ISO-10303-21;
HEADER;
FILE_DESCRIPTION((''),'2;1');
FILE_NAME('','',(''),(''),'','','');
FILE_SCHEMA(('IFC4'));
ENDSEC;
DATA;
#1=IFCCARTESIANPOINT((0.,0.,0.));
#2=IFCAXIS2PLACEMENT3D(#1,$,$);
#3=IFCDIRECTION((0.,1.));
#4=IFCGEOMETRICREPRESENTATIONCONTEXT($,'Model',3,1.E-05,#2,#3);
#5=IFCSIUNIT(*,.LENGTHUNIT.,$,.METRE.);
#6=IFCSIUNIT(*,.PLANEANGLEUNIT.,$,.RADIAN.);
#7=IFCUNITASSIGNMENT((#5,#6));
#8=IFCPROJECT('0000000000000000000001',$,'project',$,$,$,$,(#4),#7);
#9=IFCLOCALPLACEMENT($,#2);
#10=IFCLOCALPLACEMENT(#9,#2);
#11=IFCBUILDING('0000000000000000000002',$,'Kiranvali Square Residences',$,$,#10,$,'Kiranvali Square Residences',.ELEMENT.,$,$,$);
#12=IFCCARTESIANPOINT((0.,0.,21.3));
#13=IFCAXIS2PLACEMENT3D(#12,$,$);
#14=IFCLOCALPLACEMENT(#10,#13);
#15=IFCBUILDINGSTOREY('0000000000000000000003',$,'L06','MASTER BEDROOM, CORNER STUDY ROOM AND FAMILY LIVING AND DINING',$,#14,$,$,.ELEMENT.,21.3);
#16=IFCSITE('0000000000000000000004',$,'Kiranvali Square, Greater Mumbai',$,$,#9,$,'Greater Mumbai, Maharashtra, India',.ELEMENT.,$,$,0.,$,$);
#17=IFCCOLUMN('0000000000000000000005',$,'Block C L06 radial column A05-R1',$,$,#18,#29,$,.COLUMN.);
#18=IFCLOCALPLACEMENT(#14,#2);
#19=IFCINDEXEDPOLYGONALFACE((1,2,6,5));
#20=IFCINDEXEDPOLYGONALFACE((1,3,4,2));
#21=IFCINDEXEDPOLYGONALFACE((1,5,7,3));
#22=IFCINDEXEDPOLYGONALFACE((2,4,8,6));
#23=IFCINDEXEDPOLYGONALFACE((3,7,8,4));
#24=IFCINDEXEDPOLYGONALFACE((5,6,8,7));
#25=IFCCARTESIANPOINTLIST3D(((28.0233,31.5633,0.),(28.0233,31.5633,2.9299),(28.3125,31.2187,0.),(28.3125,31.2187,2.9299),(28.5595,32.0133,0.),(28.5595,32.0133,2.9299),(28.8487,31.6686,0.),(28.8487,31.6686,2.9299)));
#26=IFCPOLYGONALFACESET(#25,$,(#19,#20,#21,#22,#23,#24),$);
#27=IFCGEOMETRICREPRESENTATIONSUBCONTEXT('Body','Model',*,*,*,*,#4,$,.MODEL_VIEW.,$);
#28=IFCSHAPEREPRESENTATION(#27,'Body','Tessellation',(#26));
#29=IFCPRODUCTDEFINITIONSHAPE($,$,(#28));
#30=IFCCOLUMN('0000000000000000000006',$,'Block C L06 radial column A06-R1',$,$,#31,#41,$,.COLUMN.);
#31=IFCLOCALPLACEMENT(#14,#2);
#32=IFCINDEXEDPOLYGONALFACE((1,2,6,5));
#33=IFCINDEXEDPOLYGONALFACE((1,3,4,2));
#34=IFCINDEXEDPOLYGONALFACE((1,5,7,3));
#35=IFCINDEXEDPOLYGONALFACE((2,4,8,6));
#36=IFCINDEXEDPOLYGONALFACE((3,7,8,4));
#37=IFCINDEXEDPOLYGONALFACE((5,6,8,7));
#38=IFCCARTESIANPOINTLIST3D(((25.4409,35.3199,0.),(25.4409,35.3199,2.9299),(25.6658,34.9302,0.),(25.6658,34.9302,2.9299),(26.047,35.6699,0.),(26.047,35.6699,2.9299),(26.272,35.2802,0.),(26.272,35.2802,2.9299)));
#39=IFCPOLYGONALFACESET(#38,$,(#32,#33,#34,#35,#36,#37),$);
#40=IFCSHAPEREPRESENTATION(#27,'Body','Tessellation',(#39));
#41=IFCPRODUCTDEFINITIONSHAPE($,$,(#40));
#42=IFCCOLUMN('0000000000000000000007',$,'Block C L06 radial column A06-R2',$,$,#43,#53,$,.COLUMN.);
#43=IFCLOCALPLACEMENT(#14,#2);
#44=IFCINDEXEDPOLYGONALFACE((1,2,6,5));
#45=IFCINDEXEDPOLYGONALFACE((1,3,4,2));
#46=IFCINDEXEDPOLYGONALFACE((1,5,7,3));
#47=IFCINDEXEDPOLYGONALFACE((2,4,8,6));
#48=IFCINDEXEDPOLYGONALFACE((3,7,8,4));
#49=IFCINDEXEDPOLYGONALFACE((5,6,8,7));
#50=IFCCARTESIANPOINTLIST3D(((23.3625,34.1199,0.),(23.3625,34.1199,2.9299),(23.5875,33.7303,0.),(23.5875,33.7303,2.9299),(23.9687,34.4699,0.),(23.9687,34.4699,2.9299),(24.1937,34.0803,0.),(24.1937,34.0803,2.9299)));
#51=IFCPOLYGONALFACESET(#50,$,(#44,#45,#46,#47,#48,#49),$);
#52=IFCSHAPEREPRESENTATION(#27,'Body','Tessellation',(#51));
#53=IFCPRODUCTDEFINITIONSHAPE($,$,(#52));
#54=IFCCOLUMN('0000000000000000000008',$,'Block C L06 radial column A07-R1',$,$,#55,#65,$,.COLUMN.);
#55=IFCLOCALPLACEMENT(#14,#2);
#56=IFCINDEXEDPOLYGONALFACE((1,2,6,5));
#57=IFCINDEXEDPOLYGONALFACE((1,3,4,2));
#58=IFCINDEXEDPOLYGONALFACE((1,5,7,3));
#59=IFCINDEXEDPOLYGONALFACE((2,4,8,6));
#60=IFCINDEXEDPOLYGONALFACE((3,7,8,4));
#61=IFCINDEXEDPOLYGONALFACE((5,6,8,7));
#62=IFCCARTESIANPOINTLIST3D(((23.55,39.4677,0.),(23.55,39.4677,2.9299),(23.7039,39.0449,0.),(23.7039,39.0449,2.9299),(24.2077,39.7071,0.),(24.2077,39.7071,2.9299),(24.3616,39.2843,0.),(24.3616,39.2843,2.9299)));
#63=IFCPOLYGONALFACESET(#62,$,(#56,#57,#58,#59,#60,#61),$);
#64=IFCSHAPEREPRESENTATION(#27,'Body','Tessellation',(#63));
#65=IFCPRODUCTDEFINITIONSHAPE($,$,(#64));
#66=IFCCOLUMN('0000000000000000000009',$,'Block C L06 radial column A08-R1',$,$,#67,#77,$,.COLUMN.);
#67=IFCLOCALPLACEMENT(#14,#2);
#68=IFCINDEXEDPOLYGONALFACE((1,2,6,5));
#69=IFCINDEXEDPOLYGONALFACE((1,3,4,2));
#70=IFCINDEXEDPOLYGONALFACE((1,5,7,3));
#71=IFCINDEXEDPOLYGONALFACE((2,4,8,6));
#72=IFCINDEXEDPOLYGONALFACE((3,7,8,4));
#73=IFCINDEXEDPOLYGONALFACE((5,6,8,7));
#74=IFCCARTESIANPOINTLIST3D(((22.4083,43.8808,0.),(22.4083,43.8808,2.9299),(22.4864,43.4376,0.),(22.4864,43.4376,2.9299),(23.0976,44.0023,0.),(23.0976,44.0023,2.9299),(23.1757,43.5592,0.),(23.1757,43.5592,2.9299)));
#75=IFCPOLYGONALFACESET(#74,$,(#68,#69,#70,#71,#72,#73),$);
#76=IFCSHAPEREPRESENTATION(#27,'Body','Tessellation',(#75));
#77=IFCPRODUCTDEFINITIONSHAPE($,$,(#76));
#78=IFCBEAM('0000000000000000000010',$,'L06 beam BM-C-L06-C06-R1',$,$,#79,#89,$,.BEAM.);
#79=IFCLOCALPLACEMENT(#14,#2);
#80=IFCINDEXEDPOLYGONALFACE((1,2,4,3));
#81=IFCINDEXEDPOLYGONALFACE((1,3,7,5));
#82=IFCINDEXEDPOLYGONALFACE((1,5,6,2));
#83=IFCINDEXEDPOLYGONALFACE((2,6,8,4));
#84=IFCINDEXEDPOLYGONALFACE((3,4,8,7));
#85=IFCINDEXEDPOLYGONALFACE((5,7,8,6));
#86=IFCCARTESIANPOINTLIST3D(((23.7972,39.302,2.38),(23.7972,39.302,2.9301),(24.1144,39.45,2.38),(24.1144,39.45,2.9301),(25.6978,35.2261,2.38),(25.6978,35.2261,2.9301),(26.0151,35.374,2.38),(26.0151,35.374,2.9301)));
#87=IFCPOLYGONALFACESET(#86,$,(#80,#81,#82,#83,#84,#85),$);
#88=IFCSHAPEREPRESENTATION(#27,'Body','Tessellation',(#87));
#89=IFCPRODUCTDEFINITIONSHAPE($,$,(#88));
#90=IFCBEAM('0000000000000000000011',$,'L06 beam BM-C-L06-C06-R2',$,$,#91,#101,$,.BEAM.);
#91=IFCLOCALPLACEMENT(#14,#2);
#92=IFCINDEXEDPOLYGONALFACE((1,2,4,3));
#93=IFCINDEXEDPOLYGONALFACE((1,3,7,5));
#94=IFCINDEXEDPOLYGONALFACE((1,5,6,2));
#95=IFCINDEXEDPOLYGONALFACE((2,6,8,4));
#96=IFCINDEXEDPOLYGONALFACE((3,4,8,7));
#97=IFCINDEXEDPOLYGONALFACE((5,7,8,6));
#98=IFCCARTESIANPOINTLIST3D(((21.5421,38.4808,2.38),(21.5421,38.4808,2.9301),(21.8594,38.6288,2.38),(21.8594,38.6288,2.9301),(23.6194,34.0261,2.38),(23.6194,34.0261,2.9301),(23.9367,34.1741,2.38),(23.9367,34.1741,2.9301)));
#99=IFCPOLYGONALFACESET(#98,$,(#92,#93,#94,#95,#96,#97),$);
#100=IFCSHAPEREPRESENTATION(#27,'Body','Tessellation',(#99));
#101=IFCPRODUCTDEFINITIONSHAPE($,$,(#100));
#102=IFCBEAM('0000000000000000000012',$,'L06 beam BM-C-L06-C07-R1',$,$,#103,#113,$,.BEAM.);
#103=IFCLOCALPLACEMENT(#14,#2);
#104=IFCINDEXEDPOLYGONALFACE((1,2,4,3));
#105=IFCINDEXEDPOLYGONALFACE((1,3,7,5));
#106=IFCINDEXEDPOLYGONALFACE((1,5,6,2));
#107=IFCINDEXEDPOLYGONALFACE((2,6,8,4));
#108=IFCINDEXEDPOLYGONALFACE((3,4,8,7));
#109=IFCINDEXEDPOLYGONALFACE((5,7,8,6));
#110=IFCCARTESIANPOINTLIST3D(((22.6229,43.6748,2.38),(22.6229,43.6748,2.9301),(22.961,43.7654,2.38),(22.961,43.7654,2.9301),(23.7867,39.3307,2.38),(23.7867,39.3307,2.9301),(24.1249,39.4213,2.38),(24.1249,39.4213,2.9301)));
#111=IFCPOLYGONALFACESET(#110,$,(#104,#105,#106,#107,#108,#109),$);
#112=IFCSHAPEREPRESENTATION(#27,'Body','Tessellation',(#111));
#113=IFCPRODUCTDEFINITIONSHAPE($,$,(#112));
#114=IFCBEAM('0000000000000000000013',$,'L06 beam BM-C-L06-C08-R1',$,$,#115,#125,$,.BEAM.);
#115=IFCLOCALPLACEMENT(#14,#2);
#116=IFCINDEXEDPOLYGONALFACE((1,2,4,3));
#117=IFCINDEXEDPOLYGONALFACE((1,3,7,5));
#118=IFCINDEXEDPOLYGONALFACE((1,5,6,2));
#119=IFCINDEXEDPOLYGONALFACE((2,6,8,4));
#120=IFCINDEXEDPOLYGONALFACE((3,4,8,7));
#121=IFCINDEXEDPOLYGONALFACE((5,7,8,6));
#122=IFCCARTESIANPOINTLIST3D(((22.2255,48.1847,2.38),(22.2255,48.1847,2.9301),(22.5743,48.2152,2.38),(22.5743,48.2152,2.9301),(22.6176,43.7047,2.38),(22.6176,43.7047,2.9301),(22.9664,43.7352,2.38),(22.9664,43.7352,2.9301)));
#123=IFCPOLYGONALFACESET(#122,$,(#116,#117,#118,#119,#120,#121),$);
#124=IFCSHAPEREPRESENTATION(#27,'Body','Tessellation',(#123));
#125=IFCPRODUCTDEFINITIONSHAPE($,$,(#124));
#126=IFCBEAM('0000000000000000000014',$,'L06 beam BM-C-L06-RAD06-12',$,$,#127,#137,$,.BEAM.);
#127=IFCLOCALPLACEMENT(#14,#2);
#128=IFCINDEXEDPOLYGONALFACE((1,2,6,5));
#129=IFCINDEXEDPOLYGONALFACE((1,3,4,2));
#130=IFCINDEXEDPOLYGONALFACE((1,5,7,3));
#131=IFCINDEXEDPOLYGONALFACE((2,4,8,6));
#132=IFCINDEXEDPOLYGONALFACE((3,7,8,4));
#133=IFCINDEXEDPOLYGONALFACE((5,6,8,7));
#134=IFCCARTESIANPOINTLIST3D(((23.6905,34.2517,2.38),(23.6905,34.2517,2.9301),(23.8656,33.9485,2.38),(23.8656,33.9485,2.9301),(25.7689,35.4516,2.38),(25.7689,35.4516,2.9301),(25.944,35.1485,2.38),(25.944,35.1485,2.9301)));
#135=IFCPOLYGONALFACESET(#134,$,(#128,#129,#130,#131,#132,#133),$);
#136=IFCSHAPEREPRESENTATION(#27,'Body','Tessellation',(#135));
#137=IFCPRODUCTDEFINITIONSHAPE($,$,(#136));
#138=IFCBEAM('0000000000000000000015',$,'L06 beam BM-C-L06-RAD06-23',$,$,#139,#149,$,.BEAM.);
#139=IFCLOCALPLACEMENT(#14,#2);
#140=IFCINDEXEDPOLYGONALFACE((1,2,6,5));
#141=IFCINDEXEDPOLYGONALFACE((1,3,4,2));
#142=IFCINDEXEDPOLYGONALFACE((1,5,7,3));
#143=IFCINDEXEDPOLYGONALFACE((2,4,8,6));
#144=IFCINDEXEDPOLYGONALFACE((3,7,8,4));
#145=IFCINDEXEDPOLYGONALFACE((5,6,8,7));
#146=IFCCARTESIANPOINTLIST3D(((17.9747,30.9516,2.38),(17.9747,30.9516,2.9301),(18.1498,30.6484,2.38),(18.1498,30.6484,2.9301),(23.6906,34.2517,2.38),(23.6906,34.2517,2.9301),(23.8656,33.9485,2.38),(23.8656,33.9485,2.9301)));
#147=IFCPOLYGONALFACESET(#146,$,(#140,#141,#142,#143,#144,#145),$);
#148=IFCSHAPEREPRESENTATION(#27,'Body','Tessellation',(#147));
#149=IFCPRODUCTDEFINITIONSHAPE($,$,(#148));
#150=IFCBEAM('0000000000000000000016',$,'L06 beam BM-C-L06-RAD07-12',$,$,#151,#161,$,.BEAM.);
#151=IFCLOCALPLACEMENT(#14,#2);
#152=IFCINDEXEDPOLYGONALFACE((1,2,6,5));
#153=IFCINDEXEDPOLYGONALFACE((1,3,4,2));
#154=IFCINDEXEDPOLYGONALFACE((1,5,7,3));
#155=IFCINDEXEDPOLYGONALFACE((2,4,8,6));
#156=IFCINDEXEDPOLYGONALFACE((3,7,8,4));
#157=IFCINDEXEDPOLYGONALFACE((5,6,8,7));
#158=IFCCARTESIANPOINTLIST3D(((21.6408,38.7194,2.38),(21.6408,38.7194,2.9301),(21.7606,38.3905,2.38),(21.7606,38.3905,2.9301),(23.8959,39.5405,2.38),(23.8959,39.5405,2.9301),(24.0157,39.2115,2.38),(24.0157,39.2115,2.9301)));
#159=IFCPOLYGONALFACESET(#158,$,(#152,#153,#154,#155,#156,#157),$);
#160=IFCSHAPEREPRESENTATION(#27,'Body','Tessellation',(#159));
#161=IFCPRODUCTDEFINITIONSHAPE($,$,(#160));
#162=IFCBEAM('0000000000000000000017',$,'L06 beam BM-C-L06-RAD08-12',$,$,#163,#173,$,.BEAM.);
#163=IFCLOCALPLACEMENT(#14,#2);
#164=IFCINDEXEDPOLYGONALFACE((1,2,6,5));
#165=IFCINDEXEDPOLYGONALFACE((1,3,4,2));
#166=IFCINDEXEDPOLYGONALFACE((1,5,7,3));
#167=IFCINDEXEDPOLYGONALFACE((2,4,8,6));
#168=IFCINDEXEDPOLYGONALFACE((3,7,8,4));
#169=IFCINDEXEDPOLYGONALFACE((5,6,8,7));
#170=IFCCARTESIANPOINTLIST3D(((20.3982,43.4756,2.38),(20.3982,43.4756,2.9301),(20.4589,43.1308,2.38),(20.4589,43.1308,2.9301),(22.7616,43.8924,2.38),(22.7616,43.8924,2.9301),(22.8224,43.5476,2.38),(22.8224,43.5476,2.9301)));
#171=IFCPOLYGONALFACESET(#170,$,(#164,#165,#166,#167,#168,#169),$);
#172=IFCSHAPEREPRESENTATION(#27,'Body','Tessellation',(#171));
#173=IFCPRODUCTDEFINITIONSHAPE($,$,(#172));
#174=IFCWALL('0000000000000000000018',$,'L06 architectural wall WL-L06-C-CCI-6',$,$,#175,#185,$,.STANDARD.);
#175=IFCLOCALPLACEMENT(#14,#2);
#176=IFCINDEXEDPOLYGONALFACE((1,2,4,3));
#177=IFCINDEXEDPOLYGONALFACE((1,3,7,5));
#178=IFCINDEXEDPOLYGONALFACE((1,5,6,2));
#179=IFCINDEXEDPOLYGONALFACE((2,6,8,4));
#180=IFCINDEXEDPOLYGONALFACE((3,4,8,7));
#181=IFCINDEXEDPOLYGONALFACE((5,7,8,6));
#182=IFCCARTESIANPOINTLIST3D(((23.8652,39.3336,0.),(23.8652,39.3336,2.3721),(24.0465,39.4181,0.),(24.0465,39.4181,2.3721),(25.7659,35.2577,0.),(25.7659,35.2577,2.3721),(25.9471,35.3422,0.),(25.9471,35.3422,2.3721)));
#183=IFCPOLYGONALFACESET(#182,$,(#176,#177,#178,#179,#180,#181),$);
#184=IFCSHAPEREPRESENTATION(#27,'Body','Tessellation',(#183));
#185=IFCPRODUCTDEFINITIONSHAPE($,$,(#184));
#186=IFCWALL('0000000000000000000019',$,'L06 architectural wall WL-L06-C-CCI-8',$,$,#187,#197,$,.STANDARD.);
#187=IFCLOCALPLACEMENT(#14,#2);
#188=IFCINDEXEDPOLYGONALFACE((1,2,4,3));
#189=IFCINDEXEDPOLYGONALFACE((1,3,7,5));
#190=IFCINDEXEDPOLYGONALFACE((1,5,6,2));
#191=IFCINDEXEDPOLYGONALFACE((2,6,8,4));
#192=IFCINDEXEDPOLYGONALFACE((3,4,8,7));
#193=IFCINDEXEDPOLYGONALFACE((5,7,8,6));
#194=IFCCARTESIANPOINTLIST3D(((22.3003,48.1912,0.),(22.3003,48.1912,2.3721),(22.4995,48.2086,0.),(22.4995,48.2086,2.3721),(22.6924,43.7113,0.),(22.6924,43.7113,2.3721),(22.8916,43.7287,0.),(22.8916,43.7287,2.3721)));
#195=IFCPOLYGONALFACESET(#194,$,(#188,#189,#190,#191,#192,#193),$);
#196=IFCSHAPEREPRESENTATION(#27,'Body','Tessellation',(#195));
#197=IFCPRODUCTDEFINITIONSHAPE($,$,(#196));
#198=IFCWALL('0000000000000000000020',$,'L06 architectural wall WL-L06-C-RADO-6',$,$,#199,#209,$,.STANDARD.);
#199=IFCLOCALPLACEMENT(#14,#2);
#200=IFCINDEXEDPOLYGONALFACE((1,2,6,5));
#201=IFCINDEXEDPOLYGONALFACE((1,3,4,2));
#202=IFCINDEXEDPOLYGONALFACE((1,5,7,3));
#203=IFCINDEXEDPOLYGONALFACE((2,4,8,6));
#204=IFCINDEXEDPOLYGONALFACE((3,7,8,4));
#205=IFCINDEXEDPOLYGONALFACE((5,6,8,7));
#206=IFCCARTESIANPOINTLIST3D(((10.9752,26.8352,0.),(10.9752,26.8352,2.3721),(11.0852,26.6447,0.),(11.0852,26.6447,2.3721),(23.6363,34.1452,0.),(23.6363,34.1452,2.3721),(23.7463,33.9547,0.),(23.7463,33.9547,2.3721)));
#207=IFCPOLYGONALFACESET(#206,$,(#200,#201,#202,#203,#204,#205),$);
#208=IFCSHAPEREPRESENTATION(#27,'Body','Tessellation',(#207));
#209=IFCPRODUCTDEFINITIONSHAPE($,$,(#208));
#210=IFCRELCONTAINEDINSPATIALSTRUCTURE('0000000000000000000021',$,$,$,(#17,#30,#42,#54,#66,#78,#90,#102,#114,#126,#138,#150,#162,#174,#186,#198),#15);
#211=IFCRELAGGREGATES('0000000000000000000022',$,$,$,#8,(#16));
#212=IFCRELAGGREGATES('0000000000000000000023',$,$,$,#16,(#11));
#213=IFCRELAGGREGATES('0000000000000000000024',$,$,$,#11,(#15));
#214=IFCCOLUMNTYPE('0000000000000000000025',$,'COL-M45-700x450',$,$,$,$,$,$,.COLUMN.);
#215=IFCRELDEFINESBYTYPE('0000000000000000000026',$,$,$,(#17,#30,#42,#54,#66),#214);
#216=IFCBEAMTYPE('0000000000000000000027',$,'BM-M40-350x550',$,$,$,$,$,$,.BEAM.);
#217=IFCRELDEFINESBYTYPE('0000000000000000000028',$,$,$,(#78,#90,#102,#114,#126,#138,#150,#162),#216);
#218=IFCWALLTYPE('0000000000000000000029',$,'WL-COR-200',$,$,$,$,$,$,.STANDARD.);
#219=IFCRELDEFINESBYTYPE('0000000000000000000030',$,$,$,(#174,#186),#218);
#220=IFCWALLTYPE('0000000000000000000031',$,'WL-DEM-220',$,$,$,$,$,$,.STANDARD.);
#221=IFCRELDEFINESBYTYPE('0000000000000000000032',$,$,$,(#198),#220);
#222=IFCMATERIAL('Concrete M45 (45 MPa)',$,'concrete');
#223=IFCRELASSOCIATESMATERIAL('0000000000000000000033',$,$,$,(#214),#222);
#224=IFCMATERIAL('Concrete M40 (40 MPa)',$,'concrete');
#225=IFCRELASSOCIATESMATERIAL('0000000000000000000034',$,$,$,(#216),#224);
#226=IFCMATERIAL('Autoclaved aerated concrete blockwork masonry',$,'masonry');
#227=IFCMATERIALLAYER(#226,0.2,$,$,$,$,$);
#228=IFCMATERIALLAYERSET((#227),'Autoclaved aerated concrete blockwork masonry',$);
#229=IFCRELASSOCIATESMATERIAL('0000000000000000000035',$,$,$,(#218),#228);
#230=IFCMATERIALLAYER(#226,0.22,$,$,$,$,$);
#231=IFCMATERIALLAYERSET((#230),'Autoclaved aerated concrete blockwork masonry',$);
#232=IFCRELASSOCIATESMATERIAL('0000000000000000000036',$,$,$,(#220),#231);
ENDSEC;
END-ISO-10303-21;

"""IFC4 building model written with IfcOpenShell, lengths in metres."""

from ifc_helpers import new_model, si_unit, direction, frame, frame_2d, origin, origin_2d, place, context, subcontext, project, spatial, rectangle, extrude, material, layer, layer_set, material_profile, profile_set, type_object, element, save


model = new_model("IFC4")

# Units and contexts
model_context = context("Model", 3, precision=1e-05, world=origin(), true_north=direction((0.0, 1.0)))
body_context = subcontext(model_context, "Body", "Model", "MODEL_VIEW")
ifc_project = project(units=[si_unit("LENGTHUNIT", "METRE"), si_unit("PLANEANGLEUNIT", "RADIAN")], contexts=[model_context])

# Site, building, storey
site_placement = place(None, origin())
site = spatial("IfcSite", under=ifc_project, at=site_placement, Name="Kiranvali Square, Greater Mumbai", LongName="Greater Mumbai, Maharashtra, India", CompositionType="ELEMENT", RefElevation=0.0)
building_placement = place(site_placement, origin())
building = spatial("IfcBuilding", under=site, at=building_placement, Name="Kiranvali Square Residences", LongName="Kiranvali Square Residences", CompositionType="ELEMENT")
storey_placement = place(building_placement, frame((0.0, 0.0, 21.3)))
storey = spatial("IfcBuildingStorey", under=building, at=storey_placement, Name="L06", Description="MASTER BEDROOM, CORNER STUDY ROOM AND FAMILY LIVING AND DINING", CompositionType="ELEMENT", Elevation=21.3)

# Columns
ifc_material_1 = material(Name="Concrete M45 (45 MPa)", Category="concrete")
ifc_material_profile_1 = material_profile(ifc_material_1, rectangle(XDim=0.45, YDim=0.7, at=origin_2d()), Name="RC 700x450")
ifc_profile_set_1 = profile_set([ifc_material_profile_1], Name="Concrete M45 (45 MPa)")
column_type = type_object("IfcColumnType", Name="COL-M45-700x450", PredefinedType="COLUMN", material=ifc_profile_set_1)
for number, where, z_axis, x_axis, name in (
    (1, (28.436, 31.616, 0.0), (0.0, 0.0, 1.0), (-0.642788, 0.766044, 0.0), "Block C L06 radial column A05-R1"),
    (2, (25.8564, 35.3, 0.0), (0.0, 0.0, 1.0), (-0.5, 0.866025, 0.0), "Block C L06 radial column A06-R1"),
    (3, (23.7781, 34.1001, 0.0), (0.0, 0.0, 1.0), (-0.5, 0.866025, 0.0), "Block C L06 radial column A06-R2"),
    (4, (23.9558, 39.376, 0.0), (0.0, 0.0, 1.0), (-0.34202, 0.939693, 0.0), "Block C L06 radial column A07-R1"),
    (5, (22.792, 43.72, 0.0), (0.0, 0.0, 1.0), (-0.173648, 0.984808, 0.0), "Block C L06 radial column A08-R1"),
):
    element("IfcColumn", number, at=place(storey_placement, frame(where, z_axis=z_axis, x_axis=x_axis)), inside=storey, type_object=column_type, Name=name, PredefinedType="COLUMN", context=body_context, shape_type="SweptSolid", body=[
        extrude(rectangle(XDim=0.45, YDim=0.7, at=origin_2d()), origin(), (0.0, 0.0, 1.0), 2.9299),
    ])

# Beams
ifc_material_2 = material(Name="Concrete M40 (40 MPa)", Category="concrete")
ifc_material_profile_2 = material_profile(ifc_material_2, rectangle(XDim=0.3501, YDim=0.55, at=origin_2d()), Name="RC 350x550")
ifc_profile_set_2 = profile_set([ifc_material_profile_2], Name="Concrete M40 (40 MPa)")
beam_type = type_object("IfcBeamType", Name="BM-M40-350x550", PredefinedType="BEAM", material=ifc_profile_set_2)
beam_1_placement = place(storey_placement, frame((25.8564, 35.3, 2.655), z_axis=(-0.422618, 0.906308, 0.0), x_axis=(-0.906308, -0.422618, 0.0)))
element("IfcBeam", 6, at=beam_1_placement, inside=storey, type_object=beam_type, Name="L06 beam BM-C-L06-C06-R1", PredefinedType="BEAM", context=body_context, shape_type="SweptSolid", body=[
    extrude(rectangle(XDim=0.3501, YDim=0.55, at=origin_2d()), origin(), (0.0, 0.0, 1.0), 4.4973),
])
beam_2_placement = place(storey_placement, frame((23.7781, 34.1001, 2.655), z_axis=(-0.42263, 0.906302, 0.0), x_axis=(-0.906302, -0.42263, 0.0)))
element("IfcBeam", 7, at=beam_2_placement, inside=storey, type_object=beam_type, Name="L06 beam BM-C-L06-C06-R2", PredefinedType="BEAM", context=body_context, shape_type="SweptSolid", body=[
    extrude(rectangle(XDim=0.3501, YDim=0.55, at=origin_2d()), origin(), (0.0, 0.0, 1.0), 4.9153),
])
beam_3_placement = place(storey_placement, frame((23.9558, 39.376, 2.655), z_axis=(-0.258788, 0.965934, 0.0), x_axis=(-0.965934, -0.258788, 0.0)))
element("IfcBeam", 8, at=beam_3_placement, inside=storey, type_object=beam_type, Name="L06 beam BM-C-L06-C07-R1", PredefinedType="BEAM", context=body_context, shape_type="SweptSolid", body=[
    extrude(rectangle(XDim=0.3501, YDim=0.55, at=origin_2d()), origin(), (0.0, 0.0, 1.0), 4.4973),
])
beam_4_placement = place(storey_placement, frame((22.792, 43.72, 2.655), z_axis=(-0.087187, 0.996192, 0.0), x_axis=(-0.996192, -0.087187, 0.0)))
element("IfcBeam", 9, at=beam_4_placement, inside=storey, type_object=beam_type, Name="L06 beam BM-C-L06-C08-R1", PredefinedType="BEAM", context=body_context, shape_type="SweptSolid", body=[
    extrude(rectangle(XDim=0.3501, YDim=0.55, at=origin_2d()), origin(), (0.0, 0.0, 1.0), 4.4971),
])
beam_5_placement = place(storey_placement, frame((25.8564, 35.3, 2.655), z_axis=(-0.866025, -0.500001, 0.0), x_axis=(0.500001, -0.866025, 0.0)))
element("IfcBeam", 10, at=beam_5_placement, inside=storey, type_object=beam_type, Name="L06 beam BM-C-L06-RAD06-12", PredefinedType="BEAM", context=body_context, shape_type="SweptSolid", body=[
    extrude(rectangle(XDim=0.3501, YDim=0.55, at=origin_2d()), origin(), (0.0, 0.0, 1.0), 2.3999),
])
beam_6_placement = place(storey_placement, frame((23.7781, 34.1001, 2.655), z_axis=(-0.866024, -0.500002, 0.0), x_axis=(0.500002, -0.866024, 0.0)))
element("IfcBeam", 11, at=beam_6_placement, inside=storey, type_object=beam_type, Name="L06 beam BM-C-L06-RAD06-23", PredefinedType="BEAM", context=body_context, shape_type="SweptSolid", body=[
    extrude(rectangle(XDim=0.3501, YDim=0.55, at=origin_2d()), origin(), (0.0, 0.0, 1.0), 6.6001),
])
for number, where, z_axis, x_axis, name in (
    (12, (23.9558, 39.376, 2.655), (-0.93966, -0.342111, 0.0), (0.342111, -0.93966, 0.0), "L06 beam BM-C-L06-RAD07-12"),
    (13, (22.792, 43.72, 2.655), (-0.984808, -0.173646, 0.0), (0.173646, -0.984808, 0.0), "L06 beam BM-C-L06-RAD08-12"),
):
    element("IfcBeam", number, at=place(storey_placement, frame(where, z_axis=z_axis, x_axis=x_axis)), inside=storey, type_object=beam_type, Name=name, PredefinedType="BEAM", context=body_context, shape_type="SweptSolid", body=[
        extrude(rectangle(XDim=0.3501, YDim=0.55, at=origin_2d()), origin(), (0.0, 0.0, 1.0), 2.3999),
    ])

# Wall
ifc_material_3 = material(Name="Autoclaved aerated concrete blockwork masonry", Category="masonry")
ifc_layer_1 = layer(ifc_material_3, 0.2)
ifc_layer_set_1 = layer_set([ifc_layer_1], Name="Autoclaved aerated concrete blockwork masonry")
wall_type_1 = type_object("IfcWallType", Name="WL-COR-200", PredefinedType="STANDARD", material=ifc_layer_set_1)
wall_1_placement = place(storey_placement, frame((25.8564, 35.3, 0.0), z_axis=(0.0, 0.0, 1.0), x_axis=(-0.422618, 0.906308, 0.0)))
element("IfcWall", 14, at=wall_1_placement, inside=storey, type_object=wall_type_1, Name="L06 architectural wall WL-L06-C-CCI-6", PredefinedType="STANDARD", context=body_context, shape_type="SweptSolid", body=[
    extrude(rectangle(XDim=4.4973, YDim=0.2, at=frame_2d((2.2485, 0.0))), origin(), (0.0, 0.0, 1.0), 2.3721),
])

# Walls
wall_2_placement = place(storey_placement, frame((22.792, 43.72, 0.0), z_axis=(0.0, 0.0, 1.0), x_axis=(-0.087187, 0.996192, 0.0)))
element("IfcWall", 15, at=wall_2_placement, inside=storey, type_object=wall_type_1, Name="L06 architectural wall WL-L06-C-CCI-8", PredefinedType="STANDARD", context=body_context, shape_type="SweptSolid", body=[
    extrude(rectangle(XDim=4.4971, YDim=0.2, at=frame_2d((2.2485, 0.0))), origin(), (0.0, 0.0, 1.0), 2.3721),
])
ifc_layer_2 = layer(ifc_material_3, 0.22)
ifc_layer_set_2 = layer_set([ifc_layer_2], Name="Autoclaved aerated concrete blockwork masonry")
wall_type_2 = type_object("IfcWallType", Name="WL-DEM-220", PredefinedType="STANDARD", material=ifc_layer_set_2)
wall_3_placement = place(storey_placement, frame((23.6914, 34.05, 0.0), z_axis=(0.0, 0.0, 1.0), x_axis=(-0.866021, -0.500008, 0.0)))
element("IfcWall", 16, at=wall_3_placement, inside=storey, type_object=wall_type_2, Name="L06 architectural wall WL-L06-C-RADO-6", PredefinedType="STANDARD", context=body_context, shape_type="SweptSolid", body=[
    extrude(rectangle(XDim=14.6199, YDim=0.22, at=frame_2d((7.3101, 0.0))), origin(), (0.0, 0.0, 1.0), 2.3721),
])

save(model, "model.ifc")
